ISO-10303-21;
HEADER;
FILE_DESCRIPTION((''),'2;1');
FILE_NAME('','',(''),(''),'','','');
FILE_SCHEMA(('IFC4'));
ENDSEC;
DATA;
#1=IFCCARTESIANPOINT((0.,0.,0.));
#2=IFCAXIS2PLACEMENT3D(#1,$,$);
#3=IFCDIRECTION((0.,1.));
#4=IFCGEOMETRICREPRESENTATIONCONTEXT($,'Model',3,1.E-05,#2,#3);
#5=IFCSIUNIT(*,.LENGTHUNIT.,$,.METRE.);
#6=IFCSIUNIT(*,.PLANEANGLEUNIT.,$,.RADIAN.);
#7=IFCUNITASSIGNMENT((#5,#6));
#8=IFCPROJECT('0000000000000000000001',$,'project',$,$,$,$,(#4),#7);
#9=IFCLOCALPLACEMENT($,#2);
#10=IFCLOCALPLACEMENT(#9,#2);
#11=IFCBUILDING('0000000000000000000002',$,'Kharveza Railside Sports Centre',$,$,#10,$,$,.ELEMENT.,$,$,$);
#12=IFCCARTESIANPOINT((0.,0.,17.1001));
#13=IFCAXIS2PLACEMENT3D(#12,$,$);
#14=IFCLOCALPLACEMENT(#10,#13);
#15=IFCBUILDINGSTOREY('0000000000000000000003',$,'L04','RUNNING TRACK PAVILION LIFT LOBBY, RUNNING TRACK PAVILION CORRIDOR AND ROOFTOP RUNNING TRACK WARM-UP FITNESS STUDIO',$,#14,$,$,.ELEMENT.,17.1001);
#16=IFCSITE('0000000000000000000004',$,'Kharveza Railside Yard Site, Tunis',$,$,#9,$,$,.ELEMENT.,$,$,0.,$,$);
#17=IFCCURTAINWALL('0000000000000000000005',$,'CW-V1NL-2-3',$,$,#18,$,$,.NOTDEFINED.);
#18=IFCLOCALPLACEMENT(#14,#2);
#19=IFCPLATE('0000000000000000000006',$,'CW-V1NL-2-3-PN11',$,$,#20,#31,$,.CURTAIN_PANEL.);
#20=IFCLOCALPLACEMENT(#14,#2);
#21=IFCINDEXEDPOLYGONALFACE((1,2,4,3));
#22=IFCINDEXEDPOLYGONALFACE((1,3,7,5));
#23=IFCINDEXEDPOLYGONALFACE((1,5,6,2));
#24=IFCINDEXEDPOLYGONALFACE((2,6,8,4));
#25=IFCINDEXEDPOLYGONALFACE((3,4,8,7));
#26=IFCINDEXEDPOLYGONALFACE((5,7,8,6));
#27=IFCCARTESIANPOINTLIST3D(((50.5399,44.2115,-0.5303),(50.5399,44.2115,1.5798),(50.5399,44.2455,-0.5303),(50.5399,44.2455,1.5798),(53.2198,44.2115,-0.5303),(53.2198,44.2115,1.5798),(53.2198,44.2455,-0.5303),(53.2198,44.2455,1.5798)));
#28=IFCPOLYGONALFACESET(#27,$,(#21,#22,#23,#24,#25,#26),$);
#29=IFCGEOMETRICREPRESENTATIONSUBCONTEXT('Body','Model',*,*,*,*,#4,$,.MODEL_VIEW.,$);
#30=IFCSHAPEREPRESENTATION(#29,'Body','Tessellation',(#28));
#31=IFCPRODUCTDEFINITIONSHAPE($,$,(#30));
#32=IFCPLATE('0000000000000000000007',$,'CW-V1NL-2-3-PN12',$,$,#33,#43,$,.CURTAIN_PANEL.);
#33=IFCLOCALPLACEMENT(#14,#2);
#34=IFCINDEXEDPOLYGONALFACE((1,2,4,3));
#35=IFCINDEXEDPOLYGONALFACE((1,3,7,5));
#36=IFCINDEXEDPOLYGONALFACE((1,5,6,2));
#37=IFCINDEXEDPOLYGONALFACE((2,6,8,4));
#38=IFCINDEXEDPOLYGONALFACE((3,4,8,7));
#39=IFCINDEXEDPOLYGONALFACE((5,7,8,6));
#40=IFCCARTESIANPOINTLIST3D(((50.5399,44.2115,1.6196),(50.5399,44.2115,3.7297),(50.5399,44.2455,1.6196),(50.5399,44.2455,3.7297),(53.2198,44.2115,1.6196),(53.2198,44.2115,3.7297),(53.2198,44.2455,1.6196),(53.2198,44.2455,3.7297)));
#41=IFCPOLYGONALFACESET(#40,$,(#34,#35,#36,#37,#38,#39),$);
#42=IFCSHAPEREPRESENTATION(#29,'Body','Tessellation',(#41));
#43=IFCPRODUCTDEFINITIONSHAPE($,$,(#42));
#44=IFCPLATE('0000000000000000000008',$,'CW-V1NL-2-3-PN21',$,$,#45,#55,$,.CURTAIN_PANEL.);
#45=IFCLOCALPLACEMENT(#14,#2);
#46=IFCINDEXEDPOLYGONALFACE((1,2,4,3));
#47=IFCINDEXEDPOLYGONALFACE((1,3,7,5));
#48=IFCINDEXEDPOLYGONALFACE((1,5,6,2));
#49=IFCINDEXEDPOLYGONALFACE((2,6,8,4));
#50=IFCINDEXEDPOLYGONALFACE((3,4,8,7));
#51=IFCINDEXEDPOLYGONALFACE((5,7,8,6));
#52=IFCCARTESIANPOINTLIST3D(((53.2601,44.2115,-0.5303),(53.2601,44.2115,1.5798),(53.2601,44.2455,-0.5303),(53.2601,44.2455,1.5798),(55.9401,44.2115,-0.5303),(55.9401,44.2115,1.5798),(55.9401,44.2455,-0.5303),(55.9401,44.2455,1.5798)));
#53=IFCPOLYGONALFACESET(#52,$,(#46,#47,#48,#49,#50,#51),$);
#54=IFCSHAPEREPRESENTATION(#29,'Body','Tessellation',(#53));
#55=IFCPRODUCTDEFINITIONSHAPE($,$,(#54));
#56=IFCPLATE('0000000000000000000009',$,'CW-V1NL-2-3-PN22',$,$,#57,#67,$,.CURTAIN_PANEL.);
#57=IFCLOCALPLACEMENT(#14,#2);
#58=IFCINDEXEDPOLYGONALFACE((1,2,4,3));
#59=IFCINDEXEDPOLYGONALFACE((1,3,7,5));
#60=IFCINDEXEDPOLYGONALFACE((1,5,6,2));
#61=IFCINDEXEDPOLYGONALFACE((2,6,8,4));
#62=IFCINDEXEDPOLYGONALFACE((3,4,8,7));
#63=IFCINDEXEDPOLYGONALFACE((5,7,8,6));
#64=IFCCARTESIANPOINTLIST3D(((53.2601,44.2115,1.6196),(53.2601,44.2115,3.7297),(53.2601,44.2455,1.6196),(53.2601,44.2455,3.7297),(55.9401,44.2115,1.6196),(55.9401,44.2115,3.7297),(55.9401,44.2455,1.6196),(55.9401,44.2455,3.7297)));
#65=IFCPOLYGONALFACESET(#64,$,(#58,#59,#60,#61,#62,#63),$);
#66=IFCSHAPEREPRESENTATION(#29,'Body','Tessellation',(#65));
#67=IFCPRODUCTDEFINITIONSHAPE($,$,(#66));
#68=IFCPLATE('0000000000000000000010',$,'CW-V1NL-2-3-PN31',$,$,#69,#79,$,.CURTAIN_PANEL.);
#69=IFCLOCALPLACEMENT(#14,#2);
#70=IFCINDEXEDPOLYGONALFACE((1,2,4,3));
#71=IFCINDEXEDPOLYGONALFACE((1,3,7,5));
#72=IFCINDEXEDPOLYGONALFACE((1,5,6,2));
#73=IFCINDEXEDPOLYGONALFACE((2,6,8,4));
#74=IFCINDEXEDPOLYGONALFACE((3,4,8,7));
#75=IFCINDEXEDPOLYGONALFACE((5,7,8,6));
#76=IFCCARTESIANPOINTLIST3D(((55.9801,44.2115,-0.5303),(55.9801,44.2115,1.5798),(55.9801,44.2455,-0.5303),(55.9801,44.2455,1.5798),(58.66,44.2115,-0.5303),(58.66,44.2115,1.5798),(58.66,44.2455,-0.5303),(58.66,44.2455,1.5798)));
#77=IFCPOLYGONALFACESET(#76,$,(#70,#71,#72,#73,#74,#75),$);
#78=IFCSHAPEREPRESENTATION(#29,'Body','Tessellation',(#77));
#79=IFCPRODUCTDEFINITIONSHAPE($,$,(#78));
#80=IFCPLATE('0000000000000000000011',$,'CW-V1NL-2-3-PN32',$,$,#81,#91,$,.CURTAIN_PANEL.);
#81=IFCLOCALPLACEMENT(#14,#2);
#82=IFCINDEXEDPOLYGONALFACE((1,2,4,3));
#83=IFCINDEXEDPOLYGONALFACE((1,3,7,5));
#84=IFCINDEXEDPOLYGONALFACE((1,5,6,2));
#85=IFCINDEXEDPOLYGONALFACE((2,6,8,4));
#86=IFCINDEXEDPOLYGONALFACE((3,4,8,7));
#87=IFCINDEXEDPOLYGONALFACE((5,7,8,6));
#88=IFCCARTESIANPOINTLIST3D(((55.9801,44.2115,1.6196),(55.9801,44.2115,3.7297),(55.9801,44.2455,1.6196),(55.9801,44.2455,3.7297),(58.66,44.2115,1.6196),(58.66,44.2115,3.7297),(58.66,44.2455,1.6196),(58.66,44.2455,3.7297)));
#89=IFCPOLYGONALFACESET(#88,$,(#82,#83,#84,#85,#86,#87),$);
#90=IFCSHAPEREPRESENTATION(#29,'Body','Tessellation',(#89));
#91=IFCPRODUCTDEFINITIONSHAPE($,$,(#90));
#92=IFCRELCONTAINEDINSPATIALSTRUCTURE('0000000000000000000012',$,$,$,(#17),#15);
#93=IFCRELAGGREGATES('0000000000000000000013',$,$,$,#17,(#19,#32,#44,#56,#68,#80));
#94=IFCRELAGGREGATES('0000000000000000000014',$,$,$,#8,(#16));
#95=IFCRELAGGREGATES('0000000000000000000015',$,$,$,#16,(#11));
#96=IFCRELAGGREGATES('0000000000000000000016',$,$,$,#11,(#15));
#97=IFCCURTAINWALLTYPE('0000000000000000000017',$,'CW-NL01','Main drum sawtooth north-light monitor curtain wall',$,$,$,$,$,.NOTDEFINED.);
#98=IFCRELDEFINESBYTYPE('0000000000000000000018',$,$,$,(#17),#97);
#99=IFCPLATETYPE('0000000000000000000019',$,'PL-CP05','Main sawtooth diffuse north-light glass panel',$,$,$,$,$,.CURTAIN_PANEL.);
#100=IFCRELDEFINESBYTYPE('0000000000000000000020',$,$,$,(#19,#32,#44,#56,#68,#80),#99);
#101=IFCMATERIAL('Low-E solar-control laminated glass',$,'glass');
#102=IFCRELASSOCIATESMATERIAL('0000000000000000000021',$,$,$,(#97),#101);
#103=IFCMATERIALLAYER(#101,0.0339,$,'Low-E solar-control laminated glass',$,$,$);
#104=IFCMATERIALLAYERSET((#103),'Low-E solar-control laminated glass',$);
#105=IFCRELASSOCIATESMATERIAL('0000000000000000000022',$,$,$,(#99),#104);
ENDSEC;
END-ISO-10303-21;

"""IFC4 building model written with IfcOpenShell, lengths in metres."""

from ifc_helpers import new_model, si_unit, direction, frame, origin, origin_2d, place, context, subcontext, project, spatial, rectangle, extrude, material, layer, layer_set, type_object, element, aggregate, save


model = new_model("IFC4")

# Units and contexts
model_context = context("Model", 3, precision=1e-05, world=origin(), true_north=direction((0.0, 1.0)))
body_context = subcontext(model_context, "Body", "Model", "MODEL_VIEW")
ifc_project = project(units=[si_unit("LENGTHUNIT", "METRE"), si_unit("PLANEANGLEUNIT", "RADIAN")], contexts=[model_context])

# Site, building, storey
site_placement = place(None, origin())
site = spatial("IfcSite", under=ifc_project, at=site_placement, Name="Kharveza Railside Yard Site, Tunis", CompositionType="ELEMENT", RefElevation=0.0)
building_placement = place(site_placement, origin())
building = spatial("IfcBuilding", under=site, at=building_placement, Name="Kharveza Railside Sports Centre", CompositionType="ELEMENT")
storey_placement = place(building_placement, frame((0.0, 0.0, 17.1001)))
storey = spatial("IfcBuildingStorey", under=building, at=storey_placement, Name="L04", Description="RUNNING TRACK PAVILION LIFT LOBBY, RUNNING TRACK PAVILION CORRIDOR AND ROOFTOP RUNNING TRACK WARM-UP FITNESS STUDIO", CompositionType="ELEMENT", Elevation=17.1001)

# Curtain wall
ifc_material_1 = material(Name="Low-E solar-control laminated glass", Category="glass")
curtain_wall_type = type_object("IfcCurtainWallType", Name="CW-NL01", Description="Main drum sawtooth north-light monitor curtain wall", PredefinedType="NOTDEFINED", material=ifc_material_1)
curtain_wall_1_placement = place(storey_placement, origin())
curtain_wall_1 = element("IfcCurtainWall", 1, at=curtain_wall_1_placement, inside=storey, type_object=curtain_wall_type, Name="CW-V1NL-2-3", PredefinedType="NOTDEFINED")

# Plates
ifc_layer = layer(ifc_material_1, 0.0339, Name="Low-E solar-control laminated glass")
ifc_layer_set = layer_set([ifc_layer], Name="Low-E solar-control laminated glass")
plate_type = type_object("IfcPlateType", Name="PL-CP05", Description="Main sawtooth diffuse north-light glass panel", PredefinedType="CURTAIN_PANEL", material=ifc_layer_set)
plate_1_placement = place(storey_placement, frame((51.8799, 44.2285, -0.5303), z_axis=(0.0, 0.0, 1.0), x_axis=(1.0, 0.0, 0.0)))
plate_1 = element("IfcPlate", 2, at=plate_1_placement, type_object=plate_type, Name="CW-V1NL-2-3-PN11", PredefinedType="CURTAIN_PANEL", context=body_context, shape_type="SweptSolid", body=[
    extrude(rectangle(XDim=2.6799, YDim=0.0339, at=origin_2d()), origin(), (0.0, 0.0, 1.0), 2.1101),
])
plate_2_placement = place(storey_placement, frame((51.8799, 44.2285, 1.6196), z_axis=(0.0, 0.0, 1.0), x_axis=(1.0, 0.0, 0.0)))
plate_2 = element("IfcPlate", 3, at=plate_2_placement, type_object=plate_type, Name="CW-V1NL-2-3-PN12", PredefinedType="CURTAIN_PANEL", context=body_context, shape_type="SweptSolid", body=[
    extrude(rectangle(XDim=2.6799, YDim=0.0339, at=origin_2d()), origin(), (0.0, 0.0, 1.0), 2.1101),
])
plate_3_placement = place(storey_placement, frame((54.6001, 44.2285, -0.5303), z_axis=(0.0, 0.0, 1.0), x_axis=(1.0, 0.0, 0.0)))
plate_3 = element("IfcPlate", 4, at=plate_3_placement, type_object=plate_type, Name="CW-V1NL-2-3-PN21", PredefinedType="CURTAIN_PANEL", context=body_context, shape_type="SweptSolid", body=[
    extrude(rectangle(XDim=2.6799, YDim=0.0339, at=origin_2d()), origin(), (0.0, 0.0, 1.0), 2.1101),
])
plate_4_placement = place(storey_placement, frame((54.6001, 44.2285, 1.6196), z_axis=(0.0, 0.0, 1.0), x_axis=(1.0, 0.0, 0.0)))
plate_4 = element("IfcPlate", 5, at=plate_4_placement, type_object=plate_type, Name="CW-V1NL-2-3-PN22", PredefinedType="CURTAIN_PANEL", context=body_context, shape_type="SweptSolid", body=[
    extrude(rectangle(XDim=2.6799, YDim=0.0339, at=origin_2d()), origin(), (0.0, 0.0, 1.0), 2.1101),
])
plate_5_placement = place(storey_placement, frame((57.3201, 44.2285, -0.5303), z_axis=(0.0, 0.0, 1.0), x_axis=(1.0, 0.0, 0.0)))
plate_5 = element("IfcPlate", 6, at=plate_5_placement, type_object=plate_type, Name="CW-V1NL-2-3-PN31", PredefinedType="CURTAIN_PANEL", context=body_context, shape_type="SweptSolid", body=[
    extrude(rectangle(XDim=2.6799, YDim=0.0339, at=origin_2d()), origin(), (0.0, 0.0, 1.0), 2.1101),
])
plate_6_placement = place(storey_placement, frame((57.3201, 44.2285, 1.6196), z_axis=(0.0, 0.0, 1.0), x_axis=(1.0, 0.0, 0.0)))
plate_6 = element("IfcPlate", 7, at=plate_6_placement, type_object=plate_type, Name="CW-V1NL-2-3-PN32", PredefinedType="CURTAIN_PANEL", context=body_context, shape_type="SweptSolid", body=[
    extrude(rectangle(XDim=2.6799, YDim=0.0339, at=origin_2d()), origin(), (0.0, 0.0, 1.0), 2.1101),
])
aggregate(curtain_wall_1, [plate_1, plate_2, plate_3, plate_4, plate_5, plate_6])

save(model, "model.ifc")
